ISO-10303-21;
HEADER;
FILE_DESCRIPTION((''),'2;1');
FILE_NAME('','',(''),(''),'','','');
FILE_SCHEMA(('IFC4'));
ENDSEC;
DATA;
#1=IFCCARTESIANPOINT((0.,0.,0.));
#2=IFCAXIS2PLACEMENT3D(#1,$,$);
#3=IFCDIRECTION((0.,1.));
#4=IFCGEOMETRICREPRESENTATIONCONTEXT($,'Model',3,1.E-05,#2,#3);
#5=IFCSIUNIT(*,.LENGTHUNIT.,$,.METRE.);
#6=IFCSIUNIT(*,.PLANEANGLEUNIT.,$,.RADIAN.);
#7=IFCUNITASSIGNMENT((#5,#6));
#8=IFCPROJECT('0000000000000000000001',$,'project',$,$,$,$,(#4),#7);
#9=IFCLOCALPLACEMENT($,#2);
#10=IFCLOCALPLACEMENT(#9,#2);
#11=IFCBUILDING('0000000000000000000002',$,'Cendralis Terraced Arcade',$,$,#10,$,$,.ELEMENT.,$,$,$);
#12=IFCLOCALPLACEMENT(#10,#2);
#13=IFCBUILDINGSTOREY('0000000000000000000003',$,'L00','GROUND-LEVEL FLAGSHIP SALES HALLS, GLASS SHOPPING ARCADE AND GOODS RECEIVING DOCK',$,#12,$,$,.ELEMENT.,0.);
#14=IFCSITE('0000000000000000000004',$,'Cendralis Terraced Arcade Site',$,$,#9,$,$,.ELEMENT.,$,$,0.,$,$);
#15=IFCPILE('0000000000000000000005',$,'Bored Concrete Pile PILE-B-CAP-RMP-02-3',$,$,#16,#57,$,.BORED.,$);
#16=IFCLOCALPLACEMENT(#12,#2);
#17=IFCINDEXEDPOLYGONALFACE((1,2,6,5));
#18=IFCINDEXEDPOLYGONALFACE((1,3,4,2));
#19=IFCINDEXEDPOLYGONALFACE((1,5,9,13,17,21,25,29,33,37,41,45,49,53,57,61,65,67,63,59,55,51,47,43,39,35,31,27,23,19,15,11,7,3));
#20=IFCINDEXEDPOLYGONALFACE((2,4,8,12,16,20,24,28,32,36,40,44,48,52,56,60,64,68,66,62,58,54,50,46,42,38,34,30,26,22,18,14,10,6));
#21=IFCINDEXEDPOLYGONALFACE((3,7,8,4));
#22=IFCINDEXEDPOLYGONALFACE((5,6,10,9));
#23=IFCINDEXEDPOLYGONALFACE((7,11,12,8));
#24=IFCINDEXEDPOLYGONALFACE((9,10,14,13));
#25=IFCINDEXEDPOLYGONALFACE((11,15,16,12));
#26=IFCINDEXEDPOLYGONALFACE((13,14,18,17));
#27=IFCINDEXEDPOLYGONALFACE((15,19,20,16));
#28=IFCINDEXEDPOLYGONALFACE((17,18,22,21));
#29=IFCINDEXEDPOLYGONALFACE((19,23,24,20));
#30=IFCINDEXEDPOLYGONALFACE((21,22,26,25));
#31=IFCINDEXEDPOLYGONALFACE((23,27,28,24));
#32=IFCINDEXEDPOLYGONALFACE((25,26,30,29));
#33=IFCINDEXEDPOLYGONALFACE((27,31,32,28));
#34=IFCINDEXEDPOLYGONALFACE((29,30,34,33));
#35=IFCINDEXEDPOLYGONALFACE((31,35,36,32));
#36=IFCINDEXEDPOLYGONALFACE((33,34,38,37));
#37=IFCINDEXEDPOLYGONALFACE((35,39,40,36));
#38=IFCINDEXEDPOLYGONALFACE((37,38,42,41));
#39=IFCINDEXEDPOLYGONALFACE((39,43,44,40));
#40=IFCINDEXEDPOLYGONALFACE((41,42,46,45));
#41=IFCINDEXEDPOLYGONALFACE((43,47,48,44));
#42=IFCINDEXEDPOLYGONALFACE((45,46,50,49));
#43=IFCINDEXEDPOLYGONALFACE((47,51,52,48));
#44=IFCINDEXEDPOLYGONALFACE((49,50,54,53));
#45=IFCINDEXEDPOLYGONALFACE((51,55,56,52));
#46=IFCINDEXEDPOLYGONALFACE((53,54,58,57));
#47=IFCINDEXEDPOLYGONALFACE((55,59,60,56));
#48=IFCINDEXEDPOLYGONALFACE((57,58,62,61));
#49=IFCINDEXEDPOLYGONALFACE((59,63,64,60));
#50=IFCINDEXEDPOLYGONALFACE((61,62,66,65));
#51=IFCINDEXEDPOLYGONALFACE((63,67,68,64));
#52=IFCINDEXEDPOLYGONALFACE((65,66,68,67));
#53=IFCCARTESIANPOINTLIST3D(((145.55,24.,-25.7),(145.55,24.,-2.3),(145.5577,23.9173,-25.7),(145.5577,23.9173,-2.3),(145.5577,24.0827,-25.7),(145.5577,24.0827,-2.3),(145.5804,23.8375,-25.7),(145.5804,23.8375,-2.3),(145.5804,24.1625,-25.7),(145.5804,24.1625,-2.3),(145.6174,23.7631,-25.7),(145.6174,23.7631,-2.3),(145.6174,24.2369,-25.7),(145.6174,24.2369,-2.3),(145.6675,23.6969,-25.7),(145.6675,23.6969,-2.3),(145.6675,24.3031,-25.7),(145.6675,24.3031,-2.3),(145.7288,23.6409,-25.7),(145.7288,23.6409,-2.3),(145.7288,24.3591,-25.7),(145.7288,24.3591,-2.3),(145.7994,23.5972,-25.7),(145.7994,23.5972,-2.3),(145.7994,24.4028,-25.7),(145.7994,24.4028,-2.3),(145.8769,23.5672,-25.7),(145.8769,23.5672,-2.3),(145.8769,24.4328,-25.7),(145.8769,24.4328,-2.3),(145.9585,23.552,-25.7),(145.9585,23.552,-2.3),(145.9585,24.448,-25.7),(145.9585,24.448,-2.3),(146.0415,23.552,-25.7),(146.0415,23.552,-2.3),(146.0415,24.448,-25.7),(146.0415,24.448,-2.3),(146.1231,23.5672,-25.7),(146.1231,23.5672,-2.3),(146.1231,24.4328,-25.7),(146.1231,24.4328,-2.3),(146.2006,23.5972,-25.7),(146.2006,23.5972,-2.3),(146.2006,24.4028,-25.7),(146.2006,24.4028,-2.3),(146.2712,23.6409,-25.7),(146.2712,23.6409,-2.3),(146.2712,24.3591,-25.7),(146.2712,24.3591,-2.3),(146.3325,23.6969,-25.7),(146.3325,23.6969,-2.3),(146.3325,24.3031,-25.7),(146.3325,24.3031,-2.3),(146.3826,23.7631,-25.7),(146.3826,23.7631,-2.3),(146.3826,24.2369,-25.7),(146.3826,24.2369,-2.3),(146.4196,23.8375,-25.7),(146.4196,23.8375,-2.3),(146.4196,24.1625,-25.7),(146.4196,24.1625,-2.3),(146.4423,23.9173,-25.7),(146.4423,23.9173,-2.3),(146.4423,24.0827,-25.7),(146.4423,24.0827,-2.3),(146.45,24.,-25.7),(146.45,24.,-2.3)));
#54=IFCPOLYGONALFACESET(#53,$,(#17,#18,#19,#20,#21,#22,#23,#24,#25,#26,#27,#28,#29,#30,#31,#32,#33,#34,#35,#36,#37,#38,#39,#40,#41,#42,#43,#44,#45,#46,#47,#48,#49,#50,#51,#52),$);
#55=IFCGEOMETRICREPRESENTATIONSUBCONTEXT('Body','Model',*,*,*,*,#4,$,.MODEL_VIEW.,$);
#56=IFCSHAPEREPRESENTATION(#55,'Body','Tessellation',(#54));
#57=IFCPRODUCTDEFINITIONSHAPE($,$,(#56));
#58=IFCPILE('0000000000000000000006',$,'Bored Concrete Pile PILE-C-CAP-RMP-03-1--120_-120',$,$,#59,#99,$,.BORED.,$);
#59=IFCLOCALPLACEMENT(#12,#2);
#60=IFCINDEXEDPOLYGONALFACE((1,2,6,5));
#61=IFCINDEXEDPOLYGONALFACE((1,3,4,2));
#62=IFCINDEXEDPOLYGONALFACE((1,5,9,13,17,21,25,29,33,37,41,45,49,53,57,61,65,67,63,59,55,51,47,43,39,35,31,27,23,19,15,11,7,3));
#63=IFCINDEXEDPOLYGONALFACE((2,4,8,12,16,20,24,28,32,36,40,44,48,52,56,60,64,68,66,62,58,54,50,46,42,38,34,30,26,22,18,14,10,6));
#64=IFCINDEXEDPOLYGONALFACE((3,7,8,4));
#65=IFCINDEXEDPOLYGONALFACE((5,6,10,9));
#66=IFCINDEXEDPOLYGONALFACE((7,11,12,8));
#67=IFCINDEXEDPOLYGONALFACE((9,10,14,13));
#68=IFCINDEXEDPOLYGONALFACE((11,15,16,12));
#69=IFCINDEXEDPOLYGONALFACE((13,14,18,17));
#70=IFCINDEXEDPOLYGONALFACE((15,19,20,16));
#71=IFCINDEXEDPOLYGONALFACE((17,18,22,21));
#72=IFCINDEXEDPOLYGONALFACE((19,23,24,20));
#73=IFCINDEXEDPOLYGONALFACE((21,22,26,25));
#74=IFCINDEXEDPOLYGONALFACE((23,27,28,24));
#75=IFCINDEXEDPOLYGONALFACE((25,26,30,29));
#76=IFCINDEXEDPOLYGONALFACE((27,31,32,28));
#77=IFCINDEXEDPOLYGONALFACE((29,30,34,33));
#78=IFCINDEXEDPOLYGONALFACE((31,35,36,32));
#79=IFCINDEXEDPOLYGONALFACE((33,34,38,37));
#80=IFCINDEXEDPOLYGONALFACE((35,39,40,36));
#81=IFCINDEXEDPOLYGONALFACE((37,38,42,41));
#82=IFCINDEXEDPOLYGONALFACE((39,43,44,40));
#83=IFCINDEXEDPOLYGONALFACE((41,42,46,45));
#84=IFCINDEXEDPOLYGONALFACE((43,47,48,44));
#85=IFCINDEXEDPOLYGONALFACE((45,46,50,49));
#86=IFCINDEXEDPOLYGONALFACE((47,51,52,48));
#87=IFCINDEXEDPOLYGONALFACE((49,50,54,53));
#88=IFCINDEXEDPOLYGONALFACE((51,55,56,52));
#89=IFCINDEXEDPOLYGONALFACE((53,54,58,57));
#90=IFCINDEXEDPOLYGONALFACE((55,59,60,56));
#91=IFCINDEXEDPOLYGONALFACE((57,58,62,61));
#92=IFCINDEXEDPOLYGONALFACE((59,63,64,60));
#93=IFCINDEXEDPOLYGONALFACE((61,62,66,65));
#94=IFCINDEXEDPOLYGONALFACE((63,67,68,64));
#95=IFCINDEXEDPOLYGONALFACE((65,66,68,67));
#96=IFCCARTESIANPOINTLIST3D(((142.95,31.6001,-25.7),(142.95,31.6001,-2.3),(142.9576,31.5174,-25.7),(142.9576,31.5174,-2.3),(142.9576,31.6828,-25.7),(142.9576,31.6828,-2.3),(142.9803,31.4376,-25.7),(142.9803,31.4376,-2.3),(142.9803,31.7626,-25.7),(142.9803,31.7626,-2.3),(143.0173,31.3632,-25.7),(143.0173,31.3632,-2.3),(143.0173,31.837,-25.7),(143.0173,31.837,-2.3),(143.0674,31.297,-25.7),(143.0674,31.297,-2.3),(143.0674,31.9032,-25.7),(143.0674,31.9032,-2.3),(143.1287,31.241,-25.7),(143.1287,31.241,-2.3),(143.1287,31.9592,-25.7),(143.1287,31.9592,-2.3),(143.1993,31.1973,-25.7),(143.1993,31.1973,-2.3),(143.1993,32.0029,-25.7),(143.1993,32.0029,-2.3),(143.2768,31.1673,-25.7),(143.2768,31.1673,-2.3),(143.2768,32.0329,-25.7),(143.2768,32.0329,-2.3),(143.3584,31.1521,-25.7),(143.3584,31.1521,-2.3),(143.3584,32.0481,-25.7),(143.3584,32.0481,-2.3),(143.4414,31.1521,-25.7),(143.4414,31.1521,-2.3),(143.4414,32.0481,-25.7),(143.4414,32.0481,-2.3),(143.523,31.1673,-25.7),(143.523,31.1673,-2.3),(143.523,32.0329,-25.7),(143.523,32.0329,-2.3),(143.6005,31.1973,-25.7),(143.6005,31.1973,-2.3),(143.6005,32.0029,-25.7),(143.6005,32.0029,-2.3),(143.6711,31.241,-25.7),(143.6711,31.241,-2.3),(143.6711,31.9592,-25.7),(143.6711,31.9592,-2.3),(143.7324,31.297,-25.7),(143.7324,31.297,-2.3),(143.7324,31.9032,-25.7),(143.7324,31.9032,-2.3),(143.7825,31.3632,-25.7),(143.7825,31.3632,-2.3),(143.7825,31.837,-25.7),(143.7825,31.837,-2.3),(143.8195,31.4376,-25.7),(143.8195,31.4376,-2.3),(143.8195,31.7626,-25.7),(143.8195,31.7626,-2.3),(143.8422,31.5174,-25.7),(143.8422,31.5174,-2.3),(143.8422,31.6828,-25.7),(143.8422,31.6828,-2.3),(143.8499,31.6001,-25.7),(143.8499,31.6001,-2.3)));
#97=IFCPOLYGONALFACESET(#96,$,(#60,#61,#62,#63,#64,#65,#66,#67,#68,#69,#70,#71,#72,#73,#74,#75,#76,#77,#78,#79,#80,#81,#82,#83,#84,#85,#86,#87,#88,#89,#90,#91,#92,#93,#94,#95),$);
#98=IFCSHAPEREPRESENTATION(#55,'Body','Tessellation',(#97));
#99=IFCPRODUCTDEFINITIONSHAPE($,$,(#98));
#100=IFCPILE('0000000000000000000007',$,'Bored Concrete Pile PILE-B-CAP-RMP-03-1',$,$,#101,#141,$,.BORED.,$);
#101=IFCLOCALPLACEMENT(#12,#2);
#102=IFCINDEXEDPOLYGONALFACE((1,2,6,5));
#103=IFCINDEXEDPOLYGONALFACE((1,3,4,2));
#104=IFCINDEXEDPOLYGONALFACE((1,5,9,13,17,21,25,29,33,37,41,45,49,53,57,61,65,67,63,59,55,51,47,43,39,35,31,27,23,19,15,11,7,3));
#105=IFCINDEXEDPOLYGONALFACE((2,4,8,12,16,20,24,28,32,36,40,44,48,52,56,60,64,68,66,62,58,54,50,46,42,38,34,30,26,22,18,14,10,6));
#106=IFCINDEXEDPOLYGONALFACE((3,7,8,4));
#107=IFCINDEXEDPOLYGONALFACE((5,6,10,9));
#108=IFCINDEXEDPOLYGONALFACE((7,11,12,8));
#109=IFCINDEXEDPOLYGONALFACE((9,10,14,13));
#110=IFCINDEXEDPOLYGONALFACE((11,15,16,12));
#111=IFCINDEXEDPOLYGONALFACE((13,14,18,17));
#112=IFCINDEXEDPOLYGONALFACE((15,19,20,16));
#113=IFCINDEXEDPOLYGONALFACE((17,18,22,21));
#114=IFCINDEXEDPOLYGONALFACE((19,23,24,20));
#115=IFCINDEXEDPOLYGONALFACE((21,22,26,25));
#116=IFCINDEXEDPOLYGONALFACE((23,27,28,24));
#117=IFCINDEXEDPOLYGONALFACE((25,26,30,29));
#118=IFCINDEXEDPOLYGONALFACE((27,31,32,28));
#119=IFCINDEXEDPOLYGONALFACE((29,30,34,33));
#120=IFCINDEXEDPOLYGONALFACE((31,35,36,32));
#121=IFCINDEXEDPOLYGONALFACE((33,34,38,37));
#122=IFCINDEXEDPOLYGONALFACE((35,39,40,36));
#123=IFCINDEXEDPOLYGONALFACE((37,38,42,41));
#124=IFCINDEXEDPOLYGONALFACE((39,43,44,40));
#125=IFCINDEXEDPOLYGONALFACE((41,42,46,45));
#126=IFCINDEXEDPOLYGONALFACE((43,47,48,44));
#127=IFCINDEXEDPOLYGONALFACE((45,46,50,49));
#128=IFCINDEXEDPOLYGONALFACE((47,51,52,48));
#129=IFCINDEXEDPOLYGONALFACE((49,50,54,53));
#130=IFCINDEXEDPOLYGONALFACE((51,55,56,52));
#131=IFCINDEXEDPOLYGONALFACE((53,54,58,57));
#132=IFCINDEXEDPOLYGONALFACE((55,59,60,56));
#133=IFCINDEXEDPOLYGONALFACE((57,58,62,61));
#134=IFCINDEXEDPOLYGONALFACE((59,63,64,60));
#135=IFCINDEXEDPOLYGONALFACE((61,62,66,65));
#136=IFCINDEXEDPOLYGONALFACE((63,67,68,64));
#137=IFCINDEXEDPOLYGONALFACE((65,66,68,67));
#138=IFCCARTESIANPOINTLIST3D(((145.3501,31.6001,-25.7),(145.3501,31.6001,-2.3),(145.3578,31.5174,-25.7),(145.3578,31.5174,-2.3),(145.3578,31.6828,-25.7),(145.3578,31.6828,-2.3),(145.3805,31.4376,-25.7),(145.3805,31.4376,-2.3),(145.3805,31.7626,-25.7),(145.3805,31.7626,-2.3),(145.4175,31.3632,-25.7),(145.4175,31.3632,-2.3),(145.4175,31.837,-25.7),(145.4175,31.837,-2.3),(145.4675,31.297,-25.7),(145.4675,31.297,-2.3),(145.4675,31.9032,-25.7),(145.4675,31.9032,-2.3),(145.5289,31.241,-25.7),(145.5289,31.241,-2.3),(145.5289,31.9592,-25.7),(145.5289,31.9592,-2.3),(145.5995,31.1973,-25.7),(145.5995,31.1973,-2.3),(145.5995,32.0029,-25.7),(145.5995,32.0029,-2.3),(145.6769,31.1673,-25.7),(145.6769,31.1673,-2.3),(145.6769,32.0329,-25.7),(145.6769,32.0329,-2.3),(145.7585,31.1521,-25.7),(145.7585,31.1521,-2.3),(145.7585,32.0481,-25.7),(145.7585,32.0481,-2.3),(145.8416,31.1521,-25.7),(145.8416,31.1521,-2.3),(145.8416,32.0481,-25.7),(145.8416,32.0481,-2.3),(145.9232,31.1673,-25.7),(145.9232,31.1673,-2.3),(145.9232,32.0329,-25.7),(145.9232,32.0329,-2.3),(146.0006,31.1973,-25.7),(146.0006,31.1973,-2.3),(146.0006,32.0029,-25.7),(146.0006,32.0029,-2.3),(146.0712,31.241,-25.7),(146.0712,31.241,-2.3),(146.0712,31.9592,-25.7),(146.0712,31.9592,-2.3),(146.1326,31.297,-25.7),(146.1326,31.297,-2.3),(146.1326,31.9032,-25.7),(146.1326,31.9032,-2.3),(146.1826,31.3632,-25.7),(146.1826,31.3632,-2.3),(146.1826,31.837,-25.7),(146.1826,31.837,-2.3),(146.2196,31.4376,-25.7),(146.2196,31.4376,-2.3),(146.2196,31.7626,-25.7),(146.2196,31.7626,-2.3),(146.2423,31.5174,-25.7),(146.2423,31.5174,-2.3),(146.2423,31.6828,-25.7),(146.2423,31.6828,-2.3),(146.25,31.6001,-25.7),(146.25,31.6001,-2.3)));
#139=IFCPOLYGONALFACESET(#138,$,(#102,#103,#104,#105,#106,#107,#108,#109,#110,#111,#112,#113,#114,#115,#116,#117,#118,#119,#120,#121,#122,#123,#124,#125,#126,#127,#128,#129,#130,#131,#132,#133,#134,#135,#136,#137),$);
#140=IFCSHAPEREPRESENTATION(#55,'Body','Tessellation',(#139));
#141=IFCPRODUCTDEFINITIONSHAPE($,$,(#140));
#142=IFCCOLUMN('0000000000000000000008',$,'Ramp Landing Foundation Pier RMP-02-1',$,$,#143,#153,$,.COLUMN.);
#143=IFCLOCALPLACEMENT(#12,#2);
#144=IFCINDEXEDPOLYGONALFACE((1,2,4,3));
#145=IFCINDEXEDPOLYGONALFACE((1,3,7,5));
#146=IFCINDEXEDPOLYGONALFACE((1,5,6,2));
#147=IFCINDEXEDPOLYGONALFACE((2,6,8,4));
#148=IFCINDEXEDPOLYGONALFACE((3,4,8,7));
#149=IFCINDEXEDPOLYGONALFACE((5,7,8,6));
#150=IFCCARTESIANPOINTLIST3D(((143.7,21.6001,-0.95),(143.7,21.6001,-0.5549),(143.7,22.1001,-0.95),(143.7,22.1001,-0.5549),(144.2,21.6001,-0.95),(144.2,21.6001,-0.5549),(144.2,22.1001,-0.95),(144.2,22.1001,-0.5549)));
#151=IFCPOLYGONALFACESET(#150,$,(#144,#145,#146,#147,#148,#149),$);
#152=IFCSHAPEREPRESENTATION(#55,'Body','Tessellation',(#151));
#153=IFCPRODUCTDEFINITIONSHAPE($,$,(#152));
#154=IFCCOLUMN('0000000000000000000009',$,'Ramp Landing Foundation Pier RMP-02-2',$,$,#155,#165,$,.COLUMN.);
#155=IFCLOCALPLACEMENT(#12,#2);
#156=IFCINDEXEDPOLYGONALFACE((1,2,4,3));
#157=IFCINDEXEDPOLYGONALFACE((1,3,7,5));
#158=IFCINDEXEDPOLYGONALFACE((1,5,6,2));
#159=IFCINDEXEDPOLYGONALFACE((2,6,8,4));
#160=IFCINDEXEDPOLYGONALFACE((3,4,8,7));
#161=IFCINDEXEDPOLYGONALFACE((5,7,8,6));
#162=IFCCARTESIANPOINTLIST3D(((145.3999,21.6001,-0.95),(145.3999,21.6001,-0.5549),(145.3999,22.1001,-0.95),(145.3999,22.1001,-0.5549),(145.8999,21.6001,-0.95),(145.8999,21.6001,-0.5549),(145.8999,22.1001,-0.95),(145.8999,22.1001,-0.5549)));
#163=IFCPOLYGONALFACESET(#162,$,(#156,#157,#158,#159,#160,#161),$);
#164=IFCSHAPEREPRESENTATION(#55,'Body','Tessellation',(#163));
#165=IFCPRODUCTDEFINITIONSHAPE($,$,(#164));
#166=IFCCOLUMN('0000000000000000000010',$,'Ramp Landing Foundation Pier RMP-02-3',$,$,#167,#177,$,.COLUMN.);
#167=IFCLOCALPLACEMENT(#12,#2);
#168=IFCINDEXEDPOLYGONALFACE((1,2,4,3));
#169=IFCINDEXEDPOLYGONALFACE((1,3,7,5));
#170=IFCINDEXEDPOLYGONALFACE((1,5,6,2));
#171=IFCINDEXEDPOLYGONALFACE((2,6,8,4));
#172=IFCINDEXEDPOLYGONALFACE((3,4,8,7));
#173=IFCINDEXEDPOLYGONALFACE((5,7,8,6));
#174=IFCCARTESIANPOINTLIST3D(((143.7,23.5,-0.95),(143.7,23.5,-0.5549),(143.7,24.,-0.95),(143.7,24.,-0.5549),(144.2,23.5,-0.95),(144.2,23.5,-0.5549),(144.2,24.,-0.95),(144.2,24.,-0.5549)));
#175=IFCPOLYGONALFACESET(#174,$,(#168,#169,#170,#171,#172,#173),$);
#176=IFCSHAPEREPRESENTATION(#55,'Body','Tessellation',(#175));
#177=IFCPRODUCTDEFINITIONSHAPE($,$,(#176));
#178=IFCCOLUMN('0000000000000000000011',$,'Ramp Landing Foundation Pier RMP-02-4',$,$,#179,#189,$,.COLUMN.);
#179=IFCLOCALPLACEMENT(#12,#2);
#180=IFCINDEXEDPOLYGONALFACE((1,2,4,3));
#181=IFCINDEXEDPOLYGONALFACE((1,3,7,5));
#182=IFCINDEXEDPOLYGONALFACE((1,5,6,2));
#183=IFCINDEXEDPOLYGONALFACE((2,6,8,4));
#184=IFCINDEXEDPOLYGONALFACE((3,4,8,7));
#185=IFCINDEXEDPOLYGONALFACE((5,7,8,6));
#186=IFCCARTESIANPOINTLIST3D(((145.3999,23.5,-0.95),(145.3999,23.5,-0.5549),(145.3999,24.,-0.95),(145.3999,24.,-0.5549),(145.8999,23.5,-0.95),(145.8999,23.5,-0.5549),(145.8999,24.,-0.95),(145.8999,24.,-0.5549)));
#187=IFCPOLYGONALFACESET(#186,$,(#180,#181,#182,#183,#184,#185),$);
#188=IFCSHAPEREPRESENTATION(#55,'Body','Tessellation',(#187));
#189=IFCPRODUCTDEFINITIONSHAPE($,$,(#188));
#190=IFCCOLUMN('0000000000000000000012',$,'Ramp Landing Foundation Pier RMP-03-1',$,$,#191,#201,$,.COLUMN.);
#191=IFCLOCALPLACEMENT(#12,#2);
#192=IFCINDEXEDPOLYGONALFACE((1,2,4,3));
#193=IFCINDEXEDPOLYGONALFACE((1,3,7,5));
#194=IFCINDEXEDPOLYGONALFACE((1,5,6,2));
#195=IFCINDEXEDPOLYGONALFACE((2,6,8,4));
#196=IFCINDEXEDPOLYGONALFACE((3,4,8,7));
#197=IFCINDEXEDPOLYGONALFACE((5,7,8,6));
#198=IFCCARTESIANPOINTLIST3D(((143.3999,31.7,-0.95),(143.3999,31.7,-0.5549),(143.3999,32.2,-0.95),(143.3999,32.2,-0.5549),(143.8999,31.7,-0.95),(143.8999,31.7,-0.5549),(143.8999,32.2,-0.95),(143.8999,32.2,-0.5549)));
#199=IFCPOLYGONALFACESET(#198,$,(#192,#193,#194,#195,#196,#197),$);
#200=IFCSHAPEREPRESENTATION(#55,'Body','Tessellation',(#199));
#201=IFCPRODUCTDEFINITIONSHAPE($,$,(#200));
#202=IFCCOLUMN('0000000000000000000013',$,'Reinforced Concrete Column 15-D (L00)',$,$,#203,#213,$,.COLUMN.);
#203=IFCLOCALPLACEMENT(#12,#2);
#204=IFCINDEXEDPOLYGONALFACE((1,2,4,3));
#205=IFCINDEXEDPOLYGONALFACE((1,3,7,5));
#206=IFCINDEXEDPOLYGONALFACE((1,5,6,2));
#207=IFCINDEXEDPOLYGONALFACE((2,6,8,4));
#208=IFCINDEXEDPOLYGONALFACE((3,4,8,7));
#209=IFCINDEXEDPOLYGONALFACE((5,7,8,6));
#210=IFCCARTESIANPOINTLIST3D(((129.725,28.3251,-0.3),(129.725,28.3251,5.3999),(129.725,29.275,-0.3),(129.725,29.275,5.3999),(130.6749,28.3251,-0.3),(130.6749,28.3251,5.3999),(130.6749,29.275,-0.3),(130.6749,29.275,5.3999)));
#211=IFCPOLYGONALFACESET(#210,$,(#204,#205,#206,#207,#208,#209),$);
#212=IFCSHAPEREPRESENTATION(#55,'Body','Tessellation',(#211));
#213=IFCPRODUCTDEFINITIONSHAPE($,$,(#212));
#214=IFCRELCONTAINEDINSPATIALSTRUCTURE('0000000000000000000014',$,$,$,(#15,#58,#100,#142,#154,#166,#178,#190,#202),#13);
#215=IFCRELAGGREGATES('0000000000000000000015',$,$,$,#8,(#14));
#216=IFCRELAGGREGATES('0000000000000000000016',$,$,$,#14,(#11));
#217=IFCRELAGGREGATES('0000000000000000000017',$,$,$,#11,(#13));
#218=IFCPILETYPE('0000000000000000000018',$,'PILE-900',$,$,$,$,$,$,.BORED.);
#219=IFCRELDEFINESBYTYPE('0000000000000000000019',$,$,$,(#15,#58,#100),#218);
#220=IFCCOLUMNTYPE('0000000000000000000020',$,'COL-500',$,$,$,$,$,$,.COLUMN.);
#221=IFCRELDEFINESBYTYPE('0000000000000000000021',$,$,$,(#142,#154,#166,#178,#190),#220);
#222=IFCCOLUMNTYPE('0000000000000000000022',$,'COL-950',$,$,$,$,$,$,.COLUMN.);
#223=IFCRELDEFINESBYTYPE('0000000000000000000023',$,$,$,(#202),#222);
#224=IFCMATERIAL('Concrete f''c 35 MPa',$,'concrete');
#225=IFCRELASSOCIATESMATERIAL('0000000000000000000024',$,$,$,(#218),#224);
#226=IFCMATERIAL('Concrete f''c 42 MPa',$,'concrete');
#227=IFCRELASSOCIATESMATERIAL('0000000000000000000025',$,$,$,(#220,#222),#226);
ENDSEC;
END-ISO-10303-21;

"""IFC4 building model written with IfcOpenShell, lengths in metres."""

from ifc_helpers import new_model, si_unit, direction, frame, origin, origin_2d, place, context, subcontext, project, spatial, rectangle, circle, extrude, material, material_profile, profile_set, type_object, element, save


model = new_model("IFC4")

# Units and contexts
model_context = context("Model", 3, precision=1e-05, world=origin(), true_north=direction((0.0, 1.0)))
body_context = subcontext(model_context, "Body", "Model", "MODEL_VIEW")
ifc_project = project(units=[si_unit("LENGTHUNIT", "METRE"), si_unit("PLANEANGLEUNIT", "RADIAN")], contexts=[model_context])

# Site, building, storey
site_placement = place(None, origin())
site = spatial("IfcSite", under=ifc_project, at=site_placement, Name="Cendralis Terraced Arcade Site", CompositionType="ELEMENT", RefElevation=0.0)
building_placement = place(site_placement, origin())
building = spatial("IfcBuilding", under=site, at=building_placement, Name="Cendralis Terraced Arcade", CompositionType="ELEMENT")
storey_placement = place(building_placement, origin())
storey = spatial("IfcBuildingStorey", under=building, at=storey_placement, Name="L00", Description="GROUND-LEVEL FLAGSHIP SALES HALLS, GLASS SHOPPING ARCADE AND GOODS RECEIVING DOCK", CompositionType="ELEMENT", Elevation=0.0)

# Shared definitions
ifc_material_1 = material(Name="Concrete f'c 35 MPa", Category="concrete")

# Piles
ifc_material_profile_1 = material_profile(ifc_material_1, circle(Radius=0.45, at=origin_2d()), Name="PILE-D900", Category="LoadBearing")
ifc_profile_set_1 = profile_set([ifc_material_profile_1], Name="Concrete f'c 35 MPa")
pile_type_1 = type_object("IfcPileType", Name="PILE-900", PredefinedType="BORED", material=ifc_profile_set_1)
for number, where, z_axis, x_axis, name in (
    (1, (146.0, 24.0, -2.3), (0.0, 0.0, -1.0), (1.0, 0.0, 0.0), "Bored Concrete Pile PILE-B-CAP-RMP-02-3"),
    (2, (143.3999, 31.6001, -2.3), (0.0, 0.0, -1.0), (1.0, 0.0, 0.0), "Bored Concrete Pile PILE-C-CAP-RMP-03-1--120_-120"),
    (3, (145.8, 31.6001, -2.3), (0.0, 0.0, -1.0), (1.0, 0.0, 0.0), "Bored Concrete Pile PILE-B-CAP-RMP-03-1"),
):
    element("IfcPile", number, at=place(storey_placement, frame(where, z_axis=z_axis, x_axis=x_axis)), inside=storey, type_object=pile_type_1, Name=name, PredefinedType="BORED", context=body_context, shape_type="SweptSolid", body=[
        extrude(circle(Radius=0.45, at=origin_2d()), origin(), (0.0, 0.0, 1.0), 23.3999),
    ])

# Columns
ifc_material_2 = material(Name="Concrete f'c 42 MPa", Category="concrete")
ifc_material_profile_2 = material_profile(ifc_material_2, rectangle(XDim=0.5, YDim=0.5, at=origin_2d()), Name="RC-COL-500x500", Category="LoadBearing")
ifc_profile_set_2 = profile_set([ifc_material_profile_2], Name="Concrete f'c 42 MPa")
column_type_1 = type_object("IfcColumnType", Name="COL-500", PredefinedType="COLUMN", material=ifc_profile_set_2)
for number, where, z_axis, x_axis, name in (
    (4, (143.95, 21.8501, -0.95), (0.0, 0.0, 1.0), (1.0, 0.0, 0.0), "Ramp Landing Foundation Pier RMP-02-1"),
    (5, (145.6499, 21.8501, -0.95), (0.0, 0.0, 1.0), (1.0, 0.0, 0.0), "Ramp Landing Foundation Pier RMP-02-2"),
    (6, (143.95, 23.75, -0.95), (0.0, 0.0, 1.0), (1.0, 0.0, 0.0), "Ramp Landing Foundation Pier RMP-02-3"),
    (7, (145.6499, 23.75, -0.95), (0.0, 0.0, 1.0), (1.0, 0.0, 0.0), "Ramp Landing Foundation Pier RMP-02-4"),
    (8, (143.6499, 31.95, -0.95), (0.0, 0.0, 1.0), (1.0, 0.0, 0.0), "Ramp Landing Foundation Pier RMP-03-1"),
):
    element("IfcColumn", number, at=place(storey_placement, frame(where, z_axis=z_axis, x_axis=x_axis)), inside=storey, type_object=column_type_1, Name=name, PredefinedType="COLUMN", context=body_context, shape_type="SweptSolid", body=[
        extrude(rectangle(XDim=0.5, YDim=0.5, at=origin_2d()), origin(), (0.0, 0.0, 1.0), 0.395),
    ])
ifc_material_profile_3 = material_profile(ifc_material_2, rectangle(XDim=0.95, YDim=0.95, at=origin_2d()), Name="RC-COL-950x950", Category="LoadBearing")
ifc_profile_set_3 = profile_set([ifc_material_profile_3], Name="Concrete f'c 42 MPa")
column_type_2 = type_object("IfcColumnType", Name="COL-950", PredefinedType="COLUMN", material=ifc_profile_set_3)
for number, where, z_axis, x_axis, name in (
    (9, (130.2, 28.8, -0.3), (0.0, 0.0, 1.0), (1.0, 0.0, 0.0), "Reinforced Concrete Column 15-D (L00)"),
):
    element("IfcColumn", number, at=place(storey_placement, frame(where, z_axis=z_axis, x_axis=x_axis)), inside=storey, type_object=column_type_2, Name=name, PredefinedType="COLUMN", context=body_context, shape_type="SweptSolid", body=[
        extrude(rectangle(XDim=0.95, YDim=0.95, at=origin_2d()), origin(), (0.0, 0.0, 1.0), 5.7),
    ])

save(model, "model.ifc")
